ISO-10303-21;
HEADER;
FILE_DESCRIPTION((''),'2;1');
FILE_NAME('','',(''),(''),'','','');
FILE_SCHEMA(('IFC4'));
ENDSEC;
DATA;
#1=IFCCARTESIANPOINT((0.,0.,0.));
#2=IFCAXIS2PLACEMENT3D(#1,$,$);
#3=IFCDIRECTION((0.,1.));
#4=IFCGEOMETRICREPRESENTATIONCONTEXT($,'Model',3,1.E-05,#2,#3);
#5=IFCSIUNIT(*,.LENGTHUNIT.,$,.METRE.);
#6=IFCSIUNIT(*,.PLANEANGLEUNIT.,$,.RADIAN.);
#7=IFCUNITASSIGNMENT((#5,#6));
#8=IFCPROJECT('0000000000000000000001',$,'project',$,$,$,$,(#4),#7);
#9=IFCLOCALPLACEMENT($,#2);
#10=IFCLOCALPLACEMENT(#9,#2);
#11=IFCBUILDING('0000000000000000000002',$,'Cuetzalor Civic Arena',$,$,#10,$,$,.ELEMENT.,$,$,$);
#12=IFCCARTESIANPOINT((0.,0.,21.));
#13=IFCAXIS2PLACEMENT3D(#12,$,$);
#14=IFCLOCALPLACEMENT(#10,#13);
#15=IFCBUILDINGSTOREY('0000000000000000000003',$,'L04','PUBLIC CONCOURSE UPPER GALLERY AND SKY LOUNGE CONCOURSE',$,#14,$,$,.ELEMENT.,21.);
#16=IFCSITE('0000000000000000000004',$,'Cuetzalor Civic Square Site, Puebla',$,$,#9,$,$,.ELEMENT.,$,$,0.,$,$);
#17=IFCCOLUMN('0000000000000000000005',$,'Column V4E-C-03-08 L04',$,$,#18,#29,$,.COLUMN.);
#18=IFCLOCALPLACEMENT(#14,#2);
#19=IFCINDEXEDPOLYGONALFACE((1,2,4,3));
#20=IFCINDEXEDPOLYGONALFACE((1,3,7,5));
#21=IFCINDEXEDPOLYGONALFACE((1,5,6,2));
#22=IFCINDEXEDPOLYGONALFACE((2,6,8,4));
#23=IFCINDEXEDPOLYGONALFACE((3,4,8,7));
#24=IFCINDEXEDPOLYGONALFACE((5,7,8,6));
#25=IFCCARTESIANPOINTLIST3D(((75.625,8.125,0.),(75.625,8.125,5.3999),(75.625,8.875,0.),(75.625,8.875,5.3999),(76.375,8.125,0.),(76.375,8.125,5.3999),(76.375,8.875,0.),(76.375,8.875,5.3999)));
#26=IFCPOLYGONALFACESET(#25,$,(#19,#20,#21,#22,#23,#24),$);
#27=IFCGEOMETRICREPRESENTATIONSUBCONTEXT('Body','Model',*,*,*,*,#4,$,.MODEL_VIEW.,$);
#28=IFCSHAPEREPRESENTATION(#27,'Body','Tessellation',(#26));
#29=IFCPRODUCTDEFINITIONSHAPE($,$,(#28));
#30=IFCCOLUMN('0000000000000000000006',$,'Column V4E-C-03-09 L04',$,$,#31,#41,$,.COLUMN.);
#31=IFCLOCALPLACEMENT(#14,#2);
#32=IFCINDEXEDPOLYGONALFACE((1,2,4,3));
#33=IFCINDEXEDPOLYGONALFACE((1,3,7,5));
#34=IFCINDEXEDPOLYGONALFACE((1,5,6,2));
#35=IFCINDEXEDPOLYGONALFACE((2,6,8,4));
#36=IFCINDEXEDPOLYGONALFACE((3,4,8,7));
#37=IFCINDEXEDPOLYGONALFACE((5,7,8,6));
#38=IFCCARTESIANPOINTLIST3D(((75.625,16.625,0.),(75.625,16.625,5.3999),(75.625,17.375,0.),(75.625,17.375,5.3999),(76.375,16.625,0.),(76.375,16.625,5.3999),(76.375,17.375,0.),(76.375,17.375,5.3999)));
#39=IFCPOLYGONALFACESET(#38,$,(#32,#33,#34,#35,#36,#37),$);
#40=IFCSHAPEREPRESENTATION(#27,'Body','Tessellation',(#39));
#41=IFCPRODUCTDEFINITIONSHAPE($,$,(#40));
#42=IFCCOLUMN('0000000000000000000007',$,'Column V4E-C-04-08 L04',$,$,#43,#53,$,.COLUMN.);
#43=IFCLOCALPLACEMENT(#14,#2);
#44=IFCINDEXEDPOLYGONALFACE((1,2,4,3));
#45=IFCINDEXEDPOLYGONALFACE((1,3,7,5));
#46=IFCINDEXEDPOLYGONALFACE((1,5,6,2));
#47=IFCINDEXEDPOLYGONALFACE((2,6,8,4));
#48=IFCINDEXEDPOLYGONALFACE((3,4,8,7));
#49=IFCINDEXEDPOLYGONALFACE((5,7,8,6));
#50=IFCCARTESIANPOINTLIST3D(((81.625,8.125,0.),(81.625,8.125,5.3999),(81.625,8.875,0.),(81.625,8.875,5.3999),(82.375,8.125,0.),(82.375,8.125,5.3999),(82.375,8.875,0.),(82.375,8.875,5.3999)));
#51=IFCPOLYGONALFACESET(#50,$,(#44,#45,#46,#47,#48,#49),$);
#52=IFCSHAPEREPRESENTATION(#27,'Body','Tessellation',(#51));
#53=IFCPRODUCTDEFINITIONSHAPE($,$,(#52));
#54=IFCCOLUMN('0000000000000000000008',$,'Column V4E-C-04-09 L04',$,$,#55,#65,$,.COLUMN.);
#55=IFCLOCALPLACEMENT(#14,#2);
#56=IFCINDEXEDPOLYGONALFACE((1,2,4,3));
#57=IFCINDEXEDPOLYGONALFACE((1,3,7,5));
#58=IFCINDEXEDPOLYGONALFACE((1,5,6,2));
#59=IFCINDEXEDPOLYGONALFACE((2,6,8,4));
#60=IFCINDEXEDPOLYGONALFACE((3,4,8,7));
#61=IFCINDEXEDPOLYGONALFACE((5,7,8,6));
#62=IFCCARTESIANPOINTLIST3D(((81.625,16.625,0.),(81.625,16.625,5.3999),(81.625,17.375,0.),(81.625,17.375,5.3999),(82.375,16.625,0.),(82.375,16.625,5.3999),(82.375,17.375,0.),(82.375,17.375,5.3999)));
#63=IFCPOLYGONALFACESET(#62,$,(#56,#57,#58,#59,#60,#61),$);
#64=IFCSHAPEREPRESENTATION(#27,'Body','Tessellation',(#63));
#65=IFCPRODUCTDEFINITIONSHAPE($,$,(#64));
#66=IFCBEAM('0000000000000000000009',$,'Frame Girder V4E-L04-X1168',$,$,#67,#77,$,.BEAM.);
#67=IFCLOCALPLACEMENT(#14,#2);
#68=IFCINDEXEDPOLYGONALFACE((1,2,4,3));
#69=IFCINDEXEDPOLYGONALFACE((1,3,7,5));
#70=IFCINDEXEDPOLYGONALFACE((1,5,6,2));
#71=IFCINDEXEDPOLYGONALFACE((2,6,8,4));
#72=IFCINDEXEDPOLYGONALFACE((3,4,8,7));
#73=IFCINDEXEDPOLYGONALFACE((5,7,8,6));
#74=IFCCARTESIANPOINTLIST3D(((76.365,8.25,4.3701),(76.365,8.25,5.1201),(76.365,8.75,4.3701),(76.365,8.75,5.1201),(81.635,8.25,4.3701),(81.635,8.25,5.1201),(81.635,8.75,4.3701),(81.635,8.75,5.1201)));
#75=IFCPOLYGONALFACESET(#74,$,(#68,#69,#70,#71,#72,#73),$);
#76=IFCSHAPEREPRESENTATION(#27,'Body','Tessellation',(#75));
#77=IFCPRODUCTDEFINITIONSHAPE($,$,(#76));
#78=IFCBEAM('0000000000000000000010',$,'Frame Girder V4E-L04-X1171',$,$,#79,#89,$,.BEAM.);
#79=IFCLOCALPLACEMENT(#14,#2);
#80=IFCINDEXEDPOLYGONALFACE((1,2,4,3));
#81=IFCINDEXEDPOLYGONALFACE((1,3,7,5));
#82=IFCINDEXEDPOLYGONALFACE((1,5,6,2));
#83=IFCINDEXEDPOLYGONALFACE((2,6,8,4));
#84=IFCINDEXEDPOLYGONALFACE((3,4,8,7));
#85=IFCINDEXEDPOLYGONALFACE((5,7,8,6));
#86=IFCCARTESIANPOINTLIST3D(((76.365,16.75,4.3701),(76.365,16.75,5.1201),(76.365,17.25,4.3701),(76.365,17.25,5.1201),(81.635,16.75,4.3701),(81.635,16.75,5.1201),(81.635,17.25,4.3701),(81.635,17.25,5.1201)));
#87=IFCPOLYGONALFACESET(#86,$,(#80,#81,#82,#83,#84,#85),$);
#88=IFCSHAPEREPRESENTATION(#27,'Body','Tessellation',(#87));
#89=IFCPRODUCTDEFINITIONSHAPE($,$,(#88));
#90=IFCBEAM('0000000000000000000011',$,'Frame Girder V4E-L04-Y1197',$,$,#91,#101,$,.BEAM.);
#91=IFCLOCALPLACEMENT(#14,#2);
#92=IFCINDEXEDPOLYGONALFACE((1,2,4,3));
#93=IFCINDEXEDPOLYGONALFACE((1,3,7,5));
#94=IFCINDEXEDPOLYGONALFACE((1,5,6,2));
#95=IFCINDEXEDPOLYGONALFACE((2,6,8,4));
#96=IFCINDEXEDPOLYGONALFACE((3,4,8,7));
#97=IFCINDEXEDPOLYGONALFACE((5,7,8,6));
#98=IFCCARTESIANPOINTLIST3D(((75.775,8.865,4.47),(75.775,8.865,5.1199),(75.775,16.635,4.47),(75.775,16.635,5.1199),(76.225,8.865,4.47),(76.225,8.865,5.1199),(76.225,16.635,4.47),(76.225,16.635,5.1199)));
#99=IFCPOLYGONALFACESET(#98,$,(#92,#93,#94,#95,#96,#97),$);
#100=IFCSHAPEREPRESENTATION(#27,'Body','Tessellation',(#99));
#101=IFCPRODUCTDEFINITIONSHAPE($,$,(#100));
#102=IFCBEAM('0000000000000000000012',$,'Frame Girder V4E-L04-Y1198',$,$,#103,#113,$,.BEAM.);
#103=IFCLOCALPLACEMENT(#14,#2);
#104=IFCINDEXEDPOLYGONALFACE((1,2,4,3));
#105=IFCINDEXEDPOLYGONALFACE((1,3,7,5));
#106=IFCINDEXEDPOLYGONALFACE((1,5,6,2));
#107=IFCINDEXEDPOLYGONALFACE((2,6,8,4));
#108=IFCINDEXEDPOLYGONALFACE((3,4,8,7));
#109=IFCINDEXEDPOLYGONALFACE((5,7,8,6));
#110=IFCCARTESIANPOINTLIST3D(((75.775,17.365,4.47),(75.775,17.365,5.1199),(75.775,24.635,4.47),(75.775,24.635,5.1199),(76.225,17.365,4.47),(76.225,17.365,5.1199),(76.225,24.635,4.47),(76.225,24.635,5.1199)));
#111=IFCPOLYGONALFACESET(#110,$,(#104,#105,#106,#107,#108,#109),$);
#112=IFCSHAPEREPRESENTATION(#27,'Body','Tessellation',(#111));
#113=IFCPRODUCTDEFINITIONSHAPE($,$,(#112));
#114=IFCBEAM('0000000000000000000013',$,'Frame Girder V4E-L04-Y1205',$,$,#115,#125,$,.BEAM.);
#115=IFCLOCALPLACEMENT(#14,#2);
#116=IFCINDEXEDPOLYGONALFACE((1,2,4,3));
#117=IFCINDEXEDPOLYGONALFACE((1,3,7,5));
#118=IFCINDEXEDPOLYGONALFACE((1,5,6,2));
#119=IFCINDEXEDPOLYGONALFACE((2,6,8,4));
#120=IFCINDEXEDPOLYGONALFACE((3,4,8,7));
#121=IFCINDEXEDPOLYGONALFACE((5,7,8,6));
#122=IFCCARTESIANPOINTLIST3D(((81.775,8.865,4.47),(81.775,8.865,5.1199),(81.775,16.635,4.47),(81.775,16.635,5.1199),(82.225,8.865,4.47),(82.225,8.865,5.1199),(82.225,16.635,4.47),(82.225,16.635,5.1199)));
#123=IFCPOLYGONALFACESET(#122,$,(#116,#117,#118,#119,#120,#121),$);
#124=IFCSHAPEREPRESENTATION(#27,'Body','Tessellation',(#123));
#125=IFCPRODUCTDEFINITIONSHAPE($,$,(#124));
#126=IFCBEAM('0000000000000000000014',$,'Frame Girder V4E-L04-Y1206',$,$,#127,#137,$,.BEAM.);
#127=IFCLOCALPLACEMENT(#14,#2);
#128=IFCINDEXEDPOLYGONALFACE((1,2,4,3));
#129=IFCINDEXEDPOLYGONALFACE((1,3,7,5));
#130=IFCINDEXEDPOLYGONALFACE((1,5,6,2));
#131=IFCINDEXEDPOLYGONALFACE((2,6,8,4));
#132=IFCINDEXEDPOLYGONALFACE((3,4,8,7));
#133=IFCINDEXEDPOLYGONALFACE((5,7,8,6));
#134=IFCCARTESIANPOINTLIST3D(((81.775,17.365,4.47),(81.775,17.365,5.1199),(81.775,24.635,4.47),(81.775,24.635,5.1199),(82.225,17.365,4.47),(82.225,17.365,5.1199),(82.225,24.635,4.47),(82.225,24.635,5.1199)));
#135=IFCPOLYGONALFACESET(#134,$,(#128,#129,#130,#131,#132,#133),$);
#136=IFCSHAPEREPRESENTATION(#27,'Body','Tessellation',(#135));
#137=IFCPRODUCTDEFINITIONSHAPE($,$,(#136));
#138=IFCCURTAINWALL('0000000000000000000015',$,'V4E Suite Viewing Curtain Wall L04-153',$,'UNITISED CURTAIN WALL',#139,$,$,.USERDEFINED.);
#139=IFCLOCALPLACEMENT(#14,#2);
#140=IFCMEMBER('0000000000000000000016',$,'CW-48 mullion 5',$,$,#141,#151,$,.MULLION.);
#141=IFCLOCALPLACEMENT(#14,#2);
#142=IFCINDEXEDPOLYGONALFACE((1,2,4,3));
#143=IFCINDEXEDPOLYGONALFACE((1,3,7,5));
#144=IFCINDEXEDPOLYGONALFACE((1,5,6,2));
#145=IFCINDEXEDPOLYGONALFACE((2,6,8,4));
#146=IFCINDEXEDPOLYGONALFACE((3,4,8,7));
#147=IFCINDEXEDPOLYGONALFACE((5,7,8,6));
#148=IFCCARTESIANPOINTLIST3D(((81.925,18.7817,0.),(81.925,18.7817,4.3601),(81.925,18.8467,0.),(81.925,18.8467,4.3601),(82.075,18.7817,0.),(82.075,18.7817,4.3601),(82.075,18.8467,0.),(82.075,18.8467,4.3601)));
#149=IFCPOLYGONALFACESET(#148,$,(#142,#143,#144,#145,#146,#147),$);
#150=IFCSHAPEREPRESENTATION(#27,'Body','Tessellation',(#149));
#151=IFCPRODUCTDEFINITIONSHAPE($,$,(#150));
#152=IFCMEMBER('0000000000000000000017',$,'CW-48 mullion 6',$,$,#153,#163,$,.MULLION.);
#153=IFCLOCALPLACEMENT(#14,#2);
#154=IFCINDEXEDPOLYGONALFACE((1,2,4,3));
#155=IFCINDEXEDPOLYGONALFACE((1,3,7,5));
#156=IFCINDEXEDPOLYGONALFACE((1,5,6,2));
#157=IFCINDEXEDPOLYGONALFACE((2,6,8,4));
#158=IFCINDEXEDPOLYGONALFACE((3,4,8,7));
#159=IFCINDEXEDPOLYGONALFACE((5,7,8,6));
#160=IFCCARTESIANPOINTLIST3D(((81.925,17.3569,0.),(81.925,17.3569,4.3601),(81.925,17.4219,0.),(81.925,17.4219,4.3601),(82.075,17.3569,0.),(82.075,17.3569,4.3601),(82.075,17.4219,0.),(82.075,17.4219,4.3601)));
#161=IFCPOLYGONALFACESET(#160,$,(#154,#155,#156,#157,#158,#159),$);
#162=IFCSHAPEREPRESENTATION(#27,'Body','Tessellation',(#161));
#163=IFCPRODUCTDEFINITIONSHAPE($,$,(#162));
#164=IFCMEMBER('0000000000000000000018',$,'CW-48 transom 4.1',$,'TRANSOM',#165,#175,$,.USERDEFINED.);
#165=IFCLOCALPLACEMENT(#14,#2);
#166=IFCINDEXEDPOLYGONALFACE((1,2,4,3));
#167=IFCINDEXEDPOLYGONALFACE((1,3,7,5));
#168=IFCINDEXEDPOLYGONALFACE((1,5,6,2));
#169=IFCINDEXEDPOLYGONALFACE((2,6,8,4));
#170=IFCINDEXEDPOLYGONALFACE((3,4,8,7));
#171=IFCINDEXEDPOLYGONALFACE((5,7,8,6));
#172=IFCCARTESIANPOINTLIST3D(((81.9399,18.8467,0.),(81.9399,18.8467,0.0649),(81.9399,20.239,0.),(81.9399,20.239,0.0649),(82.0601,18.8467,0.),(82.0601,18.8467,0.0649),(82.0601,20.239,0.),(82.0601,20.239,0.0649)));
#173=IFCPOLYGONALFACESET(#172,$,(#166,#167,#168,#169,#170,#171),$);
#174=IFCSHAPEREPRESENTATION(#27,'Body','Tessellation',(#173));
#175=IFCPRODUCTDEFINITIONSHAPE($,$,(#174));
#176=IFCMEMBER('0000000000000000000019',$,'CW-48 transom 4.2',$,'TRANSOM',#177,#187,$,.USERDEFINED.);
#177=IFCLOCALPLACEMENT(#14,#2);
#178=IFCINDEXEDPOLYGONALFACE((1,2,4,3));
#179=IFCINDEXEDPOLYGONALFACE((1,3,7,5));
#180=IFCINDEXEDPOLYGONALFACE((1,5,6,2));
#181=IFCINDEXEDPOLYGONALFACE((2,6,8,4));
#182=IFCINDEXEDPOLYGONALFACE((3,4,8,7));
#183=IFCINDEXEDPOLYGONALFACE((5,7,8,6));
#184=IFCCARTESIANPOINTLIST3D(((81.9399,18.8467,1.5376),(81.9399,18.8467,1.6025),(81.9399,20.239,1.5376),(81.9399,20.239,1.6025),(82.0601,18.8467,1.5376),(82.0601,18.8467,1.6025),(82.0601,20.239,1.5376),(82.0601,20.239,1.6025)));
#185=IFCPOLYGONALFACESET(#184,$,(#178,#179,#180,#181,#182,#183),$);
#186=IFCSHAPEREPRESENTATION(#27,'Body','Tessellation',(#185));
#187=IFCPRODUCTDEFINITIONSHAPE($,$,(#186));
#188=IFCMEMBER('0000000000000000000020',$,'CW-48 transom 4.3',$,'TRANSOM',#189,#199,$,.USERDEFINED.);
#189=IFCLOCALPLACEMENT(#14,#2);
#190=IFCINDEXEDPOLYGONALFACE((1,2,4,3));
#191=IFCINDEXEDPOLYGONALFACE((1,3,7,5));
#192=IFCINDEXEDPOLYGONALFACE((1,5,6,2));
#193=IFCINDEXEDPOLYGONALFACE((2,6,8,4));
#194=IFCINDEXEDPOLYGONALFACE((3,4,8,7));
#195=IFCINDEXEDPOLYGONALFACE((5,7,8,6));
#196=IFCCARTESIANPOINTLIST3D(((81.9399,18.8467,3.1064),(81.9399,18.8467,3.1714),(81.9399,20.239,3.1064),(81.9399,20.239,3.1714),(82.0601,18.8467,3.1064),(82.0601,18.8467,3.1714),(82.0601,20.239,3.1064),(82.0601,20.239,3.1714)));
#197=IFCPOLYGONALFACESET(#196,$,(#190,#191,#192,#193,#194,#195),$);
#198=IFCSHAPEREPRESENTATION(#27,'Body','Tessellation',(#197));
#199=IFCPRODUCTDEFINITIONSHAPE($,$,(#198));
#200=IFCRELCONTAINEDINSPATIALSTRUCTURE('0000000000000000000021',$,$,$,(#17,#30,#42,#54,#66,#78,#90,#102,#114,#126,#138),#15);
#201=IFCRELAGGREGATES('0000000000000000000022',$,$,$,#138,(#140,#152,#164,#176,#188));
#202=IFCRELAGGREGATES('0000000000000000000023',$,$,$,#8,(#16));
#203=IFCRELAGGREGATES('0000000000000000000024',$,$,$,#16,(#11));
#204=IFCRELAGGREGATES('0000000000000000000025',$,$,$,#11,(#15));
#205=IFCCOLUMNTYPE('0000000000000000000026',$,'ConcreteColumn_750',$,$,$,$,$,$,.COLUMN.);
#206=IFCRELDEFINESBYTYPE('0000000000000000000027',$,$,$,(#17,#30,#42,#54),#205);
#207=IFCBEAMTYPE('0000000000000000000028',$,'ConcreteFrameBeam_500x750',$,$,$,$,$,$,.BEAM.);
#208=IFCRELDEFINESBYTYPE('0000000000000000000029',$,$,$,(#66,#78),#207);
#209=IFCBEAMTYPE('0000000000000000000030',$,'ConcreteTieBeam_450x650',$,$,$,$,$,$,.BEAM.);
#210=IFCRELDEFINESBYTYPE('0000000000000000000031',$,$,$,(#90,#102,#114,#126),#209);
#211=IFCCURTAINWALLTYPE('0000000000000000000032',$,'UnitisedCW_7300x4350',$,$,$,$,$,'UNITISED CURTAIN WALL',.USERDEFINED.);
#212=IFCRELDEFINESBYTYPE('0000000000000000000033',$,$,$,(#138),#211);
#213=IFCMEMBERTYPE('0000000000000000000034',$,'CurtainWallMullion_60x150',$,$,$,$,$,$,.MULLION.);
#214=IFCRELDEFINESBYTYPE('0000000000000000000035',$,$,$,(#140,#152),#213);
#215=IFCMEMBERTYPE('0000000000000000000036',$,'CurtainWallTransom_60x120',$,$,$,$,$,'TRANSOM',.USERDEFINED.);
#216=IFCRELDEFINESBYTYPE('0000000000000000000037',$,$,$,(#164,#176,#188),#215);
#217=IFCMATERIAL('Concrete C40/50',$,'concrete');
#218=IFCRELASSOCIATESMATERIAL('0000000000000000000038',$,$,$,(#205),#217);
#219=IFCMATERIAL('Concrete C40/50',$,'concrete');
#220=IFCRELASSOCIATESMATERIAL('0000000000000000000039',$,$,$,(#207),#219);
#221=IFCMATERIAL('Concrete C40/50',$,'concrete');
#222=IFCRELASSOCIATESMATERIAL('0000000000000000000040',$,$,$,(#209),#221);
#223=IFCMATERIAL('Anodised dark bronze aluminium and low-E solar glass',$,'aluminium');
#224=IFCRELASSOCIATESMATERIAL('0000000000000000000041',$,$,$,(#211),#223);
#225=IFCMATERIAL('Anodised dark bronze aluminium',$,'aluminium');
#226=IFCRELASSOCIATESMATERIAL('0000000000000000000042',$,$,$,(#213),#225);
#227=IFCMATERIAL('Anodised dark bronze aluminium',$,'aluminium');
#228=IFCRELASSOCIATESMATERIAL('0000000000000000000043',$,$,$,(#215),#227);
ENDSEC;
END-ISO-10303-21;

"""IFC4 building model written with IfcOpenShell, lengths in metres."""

from ifc_helpers import new_model, si_unit, direction, frame, origin, origin_2d, place, context, subcontext, project, spatial, rectangle, extrude, material, material_profile, profile_set, type_object, element, aggregate, save


model = new_model("IFC4")

# Units and contexts
model_context = context("Model", 3, precision=1e-05, world=origin(), true_north=direction((0.0, 1.0)))
body_context = subcontext(model_context, "Body", "Model", "MODEL_VIEW")
ifc_project = project(units=[si_unit("LENGTHUNIT", "METRE"), si_unit("PLANEANGLEUNIT", "RADIAN")], contexts=[model_context])

# Site, building, storey
site_placement = place(None, origin())
site = spatial("IfcSite", under=ifc_project, at=site_placement, Name="Cuetzalor Civic Square Site, Puebla", CompositionType="ELEMENT", RefElevation=0.0)
building_placement = place(site_placement, origin())
building = spatial("IfcBuilding", under=site, at=building_placement, Name="Cuetzalor Civic Arena", CompositionType="ELEMENT")
storey_placement = place(building_placement, frame((0.0, 0.0, 21.0)))
storey = spatial("IfcBuildingStorey", under=building, at=storey_placement, Name="L04", Description="PUBLIC CONCOURSE UPPER GALLERY AND SKY LOUNGE CONCOURSE", CompositionType="ELEMENT", Elevation=21.0)

# Columns
ifc_material_1 = material(Name="Concrete C40/50", Category="concrete")
ifc_material_profile_1 = material_profile(ifc_material_1, rectangle(XDim=0.75, YDim=0.75, at=origin_2d()), Name="RC 750x750")
ifc_profile_set_1 = profile_set([ifc_material_profile_1], Name="Concrete C40/50")
column_type = type_object("IfcColumnType", Name="ConcreteColumn_750", PredefinedType="COLUMN", material=ifc_profile_set_1)
for number, where, z_axis, x_axis, name in (
    (1, (76.0, 8.5, 0.0), (0.0, 0.0, 1.0), (1.0, 0.0, 0.0), "Column V4E-C-03-08 L04"),
    (2, (76.0, 17.0, 0.0), (0.0, 0.0, 1.0), (1.0, 0.0, 0.0), "Column V4E-C-03-09 L04"),
    (3, (82.0, 8.5, 0.0), (0.0, 0.0, 1.0), (1.0, 0.0, 0.0), "Column V4E-C-04-08 L04"),
    (4, (82.0, 17.0, 0.0), (0.0, 0.0, 1.0), (1.0, 0.0, 0.0), "Column V4E-C-04-09 L04"),
):
    element("IfcColumn", number, at=place(storey_placement, frame(where, z_axis=z_axis, x_axis=x_axis)), inside=storey, type_object=column_type, Name=name, PredefinedType="COLUMN", context=body_context, shape_type="SweptSolid", body=[
        extrude(rectangle(XDim=0.75, YDim=0.75, at=origin_2d()), origin(), (0.0, 0.0, 1.0), 5.3999),
    ])

# Beams
ifc_material_2 = material(Name="Concrete C40/50", Category="concrete")
ifc_material_profile_2 = material_profile(ifc_material_2, rectangle(XDim=0.5, YDim=0.75, at=origin_2d()), Name="RC 500x750")
ifc_profile_set_2 = profile_set([ifc_material_profile_2], Name="Concrete C40/50")
beam_type_1 = type_object("IfcBeamType", Name="ConcreteFrameBeam_500x750", PredefinedType="BEAM", material=ifc_profile_set_2)
for number, where, z_axis, x_axis, name in (
    (5, (76.365, 8.5, 4.7451), (1.0, 0.0, 0.0), (0.0, 1.0, 0.0), "Frame Girder V4E-L04-X1168"),
    (6, (76.365, 17.0, 4.7451), (1.0, 0.0, 0.0), (0.0, 1.0, 0.0), "Frame Girder V4E-L04-X1171"),
):
    element("IfcBeam", number, at=place(storey_placement, frame(where, z_axis=z_axis, x_axis=x_axis)), inside=storey, type_object=beam_type_1, Name=name, PredefinedType="BEAM", context=body_context, shape_type="SweptSolid", body=[
        extrude(rectangle(XDim=0.5, YDim=0.75, at=origin_2d()), origin(), (0.0, 0.0, 1.0), 5.27),
    ])
ifc_material_3 = material(Name="Concrete C40/50", Category="concrete")
ifc_material_profile_3 = material_profile(ifc_material_3, rectangle(XDim=0.45, YDim=0.6499, at=origin_2d()), Name="RC 450x650")
ifc_profile_set_3 = profile_set([ifc_material_profile_3], Name="Concrete C40/50")
beam_type_2 = type_object("IfcBeamType", Name="ConcreteTieBeam_450x650", PredefinedType="BEAM", material=ifc_profile_set_3)
beam_1_placement = place(storey_placement, frame((76.0, 8.865, 4.7949), z_axis=(0.0, 1.0, 0.0), x_axis=(-1.0, 0.0, 0.0)))
element("IfcBeam", 7, at=beam_1_placement, inside=storey, type_object=beam_type_2, Name="Frame Girder V4E-L04-Y1197", PredefinedType="BEAM", context=body_context, shape_type="SweptSolid", body=[
    extrude(rectangle(XDim=0.45, YDim=0.6499, at=origin_2d()), origin(), (0.0, 0.0, 1.0), 7.77),
])
beam_2_placement = place(storey_placement, frame((76.0, 17.365, 4.7949), z_axis=(0.0, 1.0, 0.0), x_axis=(-1.0, 0.0, 0.0)))
element("IfcBeam", 8, at=beam_2_placement, inside=storey, type_object=beam_type_2, Name="Frame Girder V4E-L04-Y1198", PredefinedType="BEAM", context=body_context, shape_type="SweptSolid", body=[
    extrude(rectangle(XDim=0.45, YDim=0.6499, at=origin_2d()), origin(), (0.0, 0.0, 1.0), 7.27),
])
beam_3_placement = place(storey_placement, frame((82.0, 8.865, 4.7949), z_axis=(0.0, 1.0, 0.0), x_axis=(-1.0, 0.0, 0.0)))
element("IfcBeam", 9, at=beam_3_placement, inside=storey, type_object=beam_type_2, Name="Frame Girder V4E-L04-Y1205", PredefinedType="BEAM", context=body_context, shape_type="SweptSolid", body=[
    extrude(rectangle(XDim=0.45, YDim=0.6499, at=origin_2d()), origin(), (0.0, 0.0, 1.0), 7.77),
])
beam_4_placement = place(storey_placement, frame((82.0, 17.365, 4.7949), z_axis=(0.0, 1.0, 0.0), x_axis=(-1.0, 0.0, 0.0)))
element("IfcBeam", 10, at=beam_4_placement, inside=storey, type_object=beam_type_2, Name="Frame Girder V4E-L04-Y1206", PredefinedType="BEAM", context=body_context, shape_type="SweptSolid", body=[
    extrude(rectangle(XDim=0.45, YDim=0.6499, at=origin_2d()), origin(), (0.0, 0.0, 1.0), 7.27),
])

# Curtain wall, members
ifc_material_4 = material(Name="Anodised dark bronze aluminium and low-E solar glass", Category="aluminium")
curtain_wall_type = type_object("IfcCurtainWallType", Name="UnitisedCW_7300x4350", ElementType="UNITISED CURTAIN WALL", PredefinedType="USERDEFINED", material=ifc_material_4)
curtain_wall_placement = place(storey_placement, origin())
curtain_wall = element("IfcCurtainWall", 11, at=curtain_wall_placement, inside=storey, type_object=curtain_wall_type, Name="V4E Suite Viewing Curtain Wall L04-153", ObjectType="UNITISED CURTAIN WALL", PredefinedType="USERDEFINED")
ifc_material_5 = material(Name="Anodised dark bronze aluminium", Category="aluminium")
ifc_material_profile_4 = material_profile(ifc_material_5, rectangle(XDim=0.0649, YDim=0.1499, at=origin_2d()), Name="ALU MULLION 65x150")
ifc_profile_set_4 = profile_set([ifc_material_profile_4], Name="Anodised dark bronze aluminium")
member_type_1 = type_object("IfcMemberType", Name="CurtainWallMullion_60x150", PredefinedType="MULLION", material=ifc_profile_set_4)
member_1_placement = place(storey_placement, frame((82.0, 18.8142, 0.0), z_axis=(0.0, 0.0, 1.0), x_axis=(0.0, -1.0, 0.0)))
member_1 = element("IfcMember", 12, at=member_1_placement, type_object=member_type_1, Name="CW-48 mullion 5", PredefinedType="MULLION", context=body_context, shape_type="SweptSolid", body=[
    extrude(rectangle(XDim=0.0649, YDim=0.1499, at=origin_2d()), origin(), (0.0, 0.0, 1.0), 4.3601),
])
member_2_placement = place(storey_placement, frame((82.0, 17.3894, 0.0), z_axis=(0.0, 0.0, 1.0), x_axis=(0.0, -1.0, 0.0)))
member_2 = element("IfcMember", 13, at=member_2_placement, type_object=member_type_1, Name="CW-48 mullion 6", PredefinedType="MULLION", context=body_context, shape_type="SweptSolid", body=[
    extrude(rectangle(XDim=0.0649, YDim=0.1499, at=origin_2d()), origin(), (0.0, 0.0, 1.0), 4.3601),
])
ifc_material_6 = material(Name="Anodised dark bronze aluminium", Category="aluminium")
ifc_material_profile_5 = material_profile(ifc_material_6, rectangle(XDim=0.1201, YDim=0.0649, at=origin_2d()), Name="ALU TRANSOM 65x120")
ifc_profile_set_5 = profile_set([ifc_material_profile_5], Name="Anodised dark bronze aluminium")
member_type_2 = type_object("IfcMemberType", Name="CurtainWallTransom_60x120", ElementType="TRANSOM", PredefinedType="USERDEFINED", material=ifc_profile_set_5)
member_3_placement = place(storey_placement, frame((82.0, 20.239, 0.0325), z_axis=(0.0, -1.0, 0.0), x_axis=(1.0, 0.0, 0.0)))
member_3 = element("IfcMember", 14, at=member_3_placement, type_object=member_type_2, Name="CW-48 transom 4.1", ObjectType="TRANSOM", PredefinedType="USERDEFINED", context=body_context, shape_type="SweptSolid", body=[
    extrude(rectangle(XDim=0.1201, YDim=0.0649, at=origin_2d()), origin(), (0.0, 0.0, 1.0), 1.3923),
])
member_4_placement = place(storey_placement, frame((82.0, 20.239, 1.5701), z_axis=(0.0, -1.0, 0.0), x_axis=(1.0, 0.0, 0.0)))
member_4 = element("IfcMember", 15, at=member_4_placement, type_object=member_type_2, Name="CW-48 transom 4.2", ObjectType="TRANSOM", PredefinedType="USERDEFINED", context=body_context, shape_type="SweptSolid", body=[
    extrude(rectangle(XDim=0.1201, YDim=0.0649, at=origin_2d()), origin(), (0.0, 0.0, 1.0), 1.3923),
])
member_5_placement = place(storey_placement, frame((82.0, 20.239, 3.1389), z_axis=(0.0, -1.0, 0.0), x_axis=(1.0, 0.0, 0.0)))
member_5 = element("IfcMember", 16, at=member_5_placement, type_object=member_type_2, Name="CW-48 transom 4.3", ObjectType="TRANSOM", PredefinedType="USERDEFINED", context=body_context, shape_type="SweptSolid", body=[
    extrude(rectangle(XDim=0.1201, YDim=0.0649, at=origin_2d()), origin(), (0.0, 0.0, 1.0), 1.3923),
])

aggregate(curtain_wall, [member_1, member_2, member_3, member_4, member_5])

save(model, "model.ifc")
